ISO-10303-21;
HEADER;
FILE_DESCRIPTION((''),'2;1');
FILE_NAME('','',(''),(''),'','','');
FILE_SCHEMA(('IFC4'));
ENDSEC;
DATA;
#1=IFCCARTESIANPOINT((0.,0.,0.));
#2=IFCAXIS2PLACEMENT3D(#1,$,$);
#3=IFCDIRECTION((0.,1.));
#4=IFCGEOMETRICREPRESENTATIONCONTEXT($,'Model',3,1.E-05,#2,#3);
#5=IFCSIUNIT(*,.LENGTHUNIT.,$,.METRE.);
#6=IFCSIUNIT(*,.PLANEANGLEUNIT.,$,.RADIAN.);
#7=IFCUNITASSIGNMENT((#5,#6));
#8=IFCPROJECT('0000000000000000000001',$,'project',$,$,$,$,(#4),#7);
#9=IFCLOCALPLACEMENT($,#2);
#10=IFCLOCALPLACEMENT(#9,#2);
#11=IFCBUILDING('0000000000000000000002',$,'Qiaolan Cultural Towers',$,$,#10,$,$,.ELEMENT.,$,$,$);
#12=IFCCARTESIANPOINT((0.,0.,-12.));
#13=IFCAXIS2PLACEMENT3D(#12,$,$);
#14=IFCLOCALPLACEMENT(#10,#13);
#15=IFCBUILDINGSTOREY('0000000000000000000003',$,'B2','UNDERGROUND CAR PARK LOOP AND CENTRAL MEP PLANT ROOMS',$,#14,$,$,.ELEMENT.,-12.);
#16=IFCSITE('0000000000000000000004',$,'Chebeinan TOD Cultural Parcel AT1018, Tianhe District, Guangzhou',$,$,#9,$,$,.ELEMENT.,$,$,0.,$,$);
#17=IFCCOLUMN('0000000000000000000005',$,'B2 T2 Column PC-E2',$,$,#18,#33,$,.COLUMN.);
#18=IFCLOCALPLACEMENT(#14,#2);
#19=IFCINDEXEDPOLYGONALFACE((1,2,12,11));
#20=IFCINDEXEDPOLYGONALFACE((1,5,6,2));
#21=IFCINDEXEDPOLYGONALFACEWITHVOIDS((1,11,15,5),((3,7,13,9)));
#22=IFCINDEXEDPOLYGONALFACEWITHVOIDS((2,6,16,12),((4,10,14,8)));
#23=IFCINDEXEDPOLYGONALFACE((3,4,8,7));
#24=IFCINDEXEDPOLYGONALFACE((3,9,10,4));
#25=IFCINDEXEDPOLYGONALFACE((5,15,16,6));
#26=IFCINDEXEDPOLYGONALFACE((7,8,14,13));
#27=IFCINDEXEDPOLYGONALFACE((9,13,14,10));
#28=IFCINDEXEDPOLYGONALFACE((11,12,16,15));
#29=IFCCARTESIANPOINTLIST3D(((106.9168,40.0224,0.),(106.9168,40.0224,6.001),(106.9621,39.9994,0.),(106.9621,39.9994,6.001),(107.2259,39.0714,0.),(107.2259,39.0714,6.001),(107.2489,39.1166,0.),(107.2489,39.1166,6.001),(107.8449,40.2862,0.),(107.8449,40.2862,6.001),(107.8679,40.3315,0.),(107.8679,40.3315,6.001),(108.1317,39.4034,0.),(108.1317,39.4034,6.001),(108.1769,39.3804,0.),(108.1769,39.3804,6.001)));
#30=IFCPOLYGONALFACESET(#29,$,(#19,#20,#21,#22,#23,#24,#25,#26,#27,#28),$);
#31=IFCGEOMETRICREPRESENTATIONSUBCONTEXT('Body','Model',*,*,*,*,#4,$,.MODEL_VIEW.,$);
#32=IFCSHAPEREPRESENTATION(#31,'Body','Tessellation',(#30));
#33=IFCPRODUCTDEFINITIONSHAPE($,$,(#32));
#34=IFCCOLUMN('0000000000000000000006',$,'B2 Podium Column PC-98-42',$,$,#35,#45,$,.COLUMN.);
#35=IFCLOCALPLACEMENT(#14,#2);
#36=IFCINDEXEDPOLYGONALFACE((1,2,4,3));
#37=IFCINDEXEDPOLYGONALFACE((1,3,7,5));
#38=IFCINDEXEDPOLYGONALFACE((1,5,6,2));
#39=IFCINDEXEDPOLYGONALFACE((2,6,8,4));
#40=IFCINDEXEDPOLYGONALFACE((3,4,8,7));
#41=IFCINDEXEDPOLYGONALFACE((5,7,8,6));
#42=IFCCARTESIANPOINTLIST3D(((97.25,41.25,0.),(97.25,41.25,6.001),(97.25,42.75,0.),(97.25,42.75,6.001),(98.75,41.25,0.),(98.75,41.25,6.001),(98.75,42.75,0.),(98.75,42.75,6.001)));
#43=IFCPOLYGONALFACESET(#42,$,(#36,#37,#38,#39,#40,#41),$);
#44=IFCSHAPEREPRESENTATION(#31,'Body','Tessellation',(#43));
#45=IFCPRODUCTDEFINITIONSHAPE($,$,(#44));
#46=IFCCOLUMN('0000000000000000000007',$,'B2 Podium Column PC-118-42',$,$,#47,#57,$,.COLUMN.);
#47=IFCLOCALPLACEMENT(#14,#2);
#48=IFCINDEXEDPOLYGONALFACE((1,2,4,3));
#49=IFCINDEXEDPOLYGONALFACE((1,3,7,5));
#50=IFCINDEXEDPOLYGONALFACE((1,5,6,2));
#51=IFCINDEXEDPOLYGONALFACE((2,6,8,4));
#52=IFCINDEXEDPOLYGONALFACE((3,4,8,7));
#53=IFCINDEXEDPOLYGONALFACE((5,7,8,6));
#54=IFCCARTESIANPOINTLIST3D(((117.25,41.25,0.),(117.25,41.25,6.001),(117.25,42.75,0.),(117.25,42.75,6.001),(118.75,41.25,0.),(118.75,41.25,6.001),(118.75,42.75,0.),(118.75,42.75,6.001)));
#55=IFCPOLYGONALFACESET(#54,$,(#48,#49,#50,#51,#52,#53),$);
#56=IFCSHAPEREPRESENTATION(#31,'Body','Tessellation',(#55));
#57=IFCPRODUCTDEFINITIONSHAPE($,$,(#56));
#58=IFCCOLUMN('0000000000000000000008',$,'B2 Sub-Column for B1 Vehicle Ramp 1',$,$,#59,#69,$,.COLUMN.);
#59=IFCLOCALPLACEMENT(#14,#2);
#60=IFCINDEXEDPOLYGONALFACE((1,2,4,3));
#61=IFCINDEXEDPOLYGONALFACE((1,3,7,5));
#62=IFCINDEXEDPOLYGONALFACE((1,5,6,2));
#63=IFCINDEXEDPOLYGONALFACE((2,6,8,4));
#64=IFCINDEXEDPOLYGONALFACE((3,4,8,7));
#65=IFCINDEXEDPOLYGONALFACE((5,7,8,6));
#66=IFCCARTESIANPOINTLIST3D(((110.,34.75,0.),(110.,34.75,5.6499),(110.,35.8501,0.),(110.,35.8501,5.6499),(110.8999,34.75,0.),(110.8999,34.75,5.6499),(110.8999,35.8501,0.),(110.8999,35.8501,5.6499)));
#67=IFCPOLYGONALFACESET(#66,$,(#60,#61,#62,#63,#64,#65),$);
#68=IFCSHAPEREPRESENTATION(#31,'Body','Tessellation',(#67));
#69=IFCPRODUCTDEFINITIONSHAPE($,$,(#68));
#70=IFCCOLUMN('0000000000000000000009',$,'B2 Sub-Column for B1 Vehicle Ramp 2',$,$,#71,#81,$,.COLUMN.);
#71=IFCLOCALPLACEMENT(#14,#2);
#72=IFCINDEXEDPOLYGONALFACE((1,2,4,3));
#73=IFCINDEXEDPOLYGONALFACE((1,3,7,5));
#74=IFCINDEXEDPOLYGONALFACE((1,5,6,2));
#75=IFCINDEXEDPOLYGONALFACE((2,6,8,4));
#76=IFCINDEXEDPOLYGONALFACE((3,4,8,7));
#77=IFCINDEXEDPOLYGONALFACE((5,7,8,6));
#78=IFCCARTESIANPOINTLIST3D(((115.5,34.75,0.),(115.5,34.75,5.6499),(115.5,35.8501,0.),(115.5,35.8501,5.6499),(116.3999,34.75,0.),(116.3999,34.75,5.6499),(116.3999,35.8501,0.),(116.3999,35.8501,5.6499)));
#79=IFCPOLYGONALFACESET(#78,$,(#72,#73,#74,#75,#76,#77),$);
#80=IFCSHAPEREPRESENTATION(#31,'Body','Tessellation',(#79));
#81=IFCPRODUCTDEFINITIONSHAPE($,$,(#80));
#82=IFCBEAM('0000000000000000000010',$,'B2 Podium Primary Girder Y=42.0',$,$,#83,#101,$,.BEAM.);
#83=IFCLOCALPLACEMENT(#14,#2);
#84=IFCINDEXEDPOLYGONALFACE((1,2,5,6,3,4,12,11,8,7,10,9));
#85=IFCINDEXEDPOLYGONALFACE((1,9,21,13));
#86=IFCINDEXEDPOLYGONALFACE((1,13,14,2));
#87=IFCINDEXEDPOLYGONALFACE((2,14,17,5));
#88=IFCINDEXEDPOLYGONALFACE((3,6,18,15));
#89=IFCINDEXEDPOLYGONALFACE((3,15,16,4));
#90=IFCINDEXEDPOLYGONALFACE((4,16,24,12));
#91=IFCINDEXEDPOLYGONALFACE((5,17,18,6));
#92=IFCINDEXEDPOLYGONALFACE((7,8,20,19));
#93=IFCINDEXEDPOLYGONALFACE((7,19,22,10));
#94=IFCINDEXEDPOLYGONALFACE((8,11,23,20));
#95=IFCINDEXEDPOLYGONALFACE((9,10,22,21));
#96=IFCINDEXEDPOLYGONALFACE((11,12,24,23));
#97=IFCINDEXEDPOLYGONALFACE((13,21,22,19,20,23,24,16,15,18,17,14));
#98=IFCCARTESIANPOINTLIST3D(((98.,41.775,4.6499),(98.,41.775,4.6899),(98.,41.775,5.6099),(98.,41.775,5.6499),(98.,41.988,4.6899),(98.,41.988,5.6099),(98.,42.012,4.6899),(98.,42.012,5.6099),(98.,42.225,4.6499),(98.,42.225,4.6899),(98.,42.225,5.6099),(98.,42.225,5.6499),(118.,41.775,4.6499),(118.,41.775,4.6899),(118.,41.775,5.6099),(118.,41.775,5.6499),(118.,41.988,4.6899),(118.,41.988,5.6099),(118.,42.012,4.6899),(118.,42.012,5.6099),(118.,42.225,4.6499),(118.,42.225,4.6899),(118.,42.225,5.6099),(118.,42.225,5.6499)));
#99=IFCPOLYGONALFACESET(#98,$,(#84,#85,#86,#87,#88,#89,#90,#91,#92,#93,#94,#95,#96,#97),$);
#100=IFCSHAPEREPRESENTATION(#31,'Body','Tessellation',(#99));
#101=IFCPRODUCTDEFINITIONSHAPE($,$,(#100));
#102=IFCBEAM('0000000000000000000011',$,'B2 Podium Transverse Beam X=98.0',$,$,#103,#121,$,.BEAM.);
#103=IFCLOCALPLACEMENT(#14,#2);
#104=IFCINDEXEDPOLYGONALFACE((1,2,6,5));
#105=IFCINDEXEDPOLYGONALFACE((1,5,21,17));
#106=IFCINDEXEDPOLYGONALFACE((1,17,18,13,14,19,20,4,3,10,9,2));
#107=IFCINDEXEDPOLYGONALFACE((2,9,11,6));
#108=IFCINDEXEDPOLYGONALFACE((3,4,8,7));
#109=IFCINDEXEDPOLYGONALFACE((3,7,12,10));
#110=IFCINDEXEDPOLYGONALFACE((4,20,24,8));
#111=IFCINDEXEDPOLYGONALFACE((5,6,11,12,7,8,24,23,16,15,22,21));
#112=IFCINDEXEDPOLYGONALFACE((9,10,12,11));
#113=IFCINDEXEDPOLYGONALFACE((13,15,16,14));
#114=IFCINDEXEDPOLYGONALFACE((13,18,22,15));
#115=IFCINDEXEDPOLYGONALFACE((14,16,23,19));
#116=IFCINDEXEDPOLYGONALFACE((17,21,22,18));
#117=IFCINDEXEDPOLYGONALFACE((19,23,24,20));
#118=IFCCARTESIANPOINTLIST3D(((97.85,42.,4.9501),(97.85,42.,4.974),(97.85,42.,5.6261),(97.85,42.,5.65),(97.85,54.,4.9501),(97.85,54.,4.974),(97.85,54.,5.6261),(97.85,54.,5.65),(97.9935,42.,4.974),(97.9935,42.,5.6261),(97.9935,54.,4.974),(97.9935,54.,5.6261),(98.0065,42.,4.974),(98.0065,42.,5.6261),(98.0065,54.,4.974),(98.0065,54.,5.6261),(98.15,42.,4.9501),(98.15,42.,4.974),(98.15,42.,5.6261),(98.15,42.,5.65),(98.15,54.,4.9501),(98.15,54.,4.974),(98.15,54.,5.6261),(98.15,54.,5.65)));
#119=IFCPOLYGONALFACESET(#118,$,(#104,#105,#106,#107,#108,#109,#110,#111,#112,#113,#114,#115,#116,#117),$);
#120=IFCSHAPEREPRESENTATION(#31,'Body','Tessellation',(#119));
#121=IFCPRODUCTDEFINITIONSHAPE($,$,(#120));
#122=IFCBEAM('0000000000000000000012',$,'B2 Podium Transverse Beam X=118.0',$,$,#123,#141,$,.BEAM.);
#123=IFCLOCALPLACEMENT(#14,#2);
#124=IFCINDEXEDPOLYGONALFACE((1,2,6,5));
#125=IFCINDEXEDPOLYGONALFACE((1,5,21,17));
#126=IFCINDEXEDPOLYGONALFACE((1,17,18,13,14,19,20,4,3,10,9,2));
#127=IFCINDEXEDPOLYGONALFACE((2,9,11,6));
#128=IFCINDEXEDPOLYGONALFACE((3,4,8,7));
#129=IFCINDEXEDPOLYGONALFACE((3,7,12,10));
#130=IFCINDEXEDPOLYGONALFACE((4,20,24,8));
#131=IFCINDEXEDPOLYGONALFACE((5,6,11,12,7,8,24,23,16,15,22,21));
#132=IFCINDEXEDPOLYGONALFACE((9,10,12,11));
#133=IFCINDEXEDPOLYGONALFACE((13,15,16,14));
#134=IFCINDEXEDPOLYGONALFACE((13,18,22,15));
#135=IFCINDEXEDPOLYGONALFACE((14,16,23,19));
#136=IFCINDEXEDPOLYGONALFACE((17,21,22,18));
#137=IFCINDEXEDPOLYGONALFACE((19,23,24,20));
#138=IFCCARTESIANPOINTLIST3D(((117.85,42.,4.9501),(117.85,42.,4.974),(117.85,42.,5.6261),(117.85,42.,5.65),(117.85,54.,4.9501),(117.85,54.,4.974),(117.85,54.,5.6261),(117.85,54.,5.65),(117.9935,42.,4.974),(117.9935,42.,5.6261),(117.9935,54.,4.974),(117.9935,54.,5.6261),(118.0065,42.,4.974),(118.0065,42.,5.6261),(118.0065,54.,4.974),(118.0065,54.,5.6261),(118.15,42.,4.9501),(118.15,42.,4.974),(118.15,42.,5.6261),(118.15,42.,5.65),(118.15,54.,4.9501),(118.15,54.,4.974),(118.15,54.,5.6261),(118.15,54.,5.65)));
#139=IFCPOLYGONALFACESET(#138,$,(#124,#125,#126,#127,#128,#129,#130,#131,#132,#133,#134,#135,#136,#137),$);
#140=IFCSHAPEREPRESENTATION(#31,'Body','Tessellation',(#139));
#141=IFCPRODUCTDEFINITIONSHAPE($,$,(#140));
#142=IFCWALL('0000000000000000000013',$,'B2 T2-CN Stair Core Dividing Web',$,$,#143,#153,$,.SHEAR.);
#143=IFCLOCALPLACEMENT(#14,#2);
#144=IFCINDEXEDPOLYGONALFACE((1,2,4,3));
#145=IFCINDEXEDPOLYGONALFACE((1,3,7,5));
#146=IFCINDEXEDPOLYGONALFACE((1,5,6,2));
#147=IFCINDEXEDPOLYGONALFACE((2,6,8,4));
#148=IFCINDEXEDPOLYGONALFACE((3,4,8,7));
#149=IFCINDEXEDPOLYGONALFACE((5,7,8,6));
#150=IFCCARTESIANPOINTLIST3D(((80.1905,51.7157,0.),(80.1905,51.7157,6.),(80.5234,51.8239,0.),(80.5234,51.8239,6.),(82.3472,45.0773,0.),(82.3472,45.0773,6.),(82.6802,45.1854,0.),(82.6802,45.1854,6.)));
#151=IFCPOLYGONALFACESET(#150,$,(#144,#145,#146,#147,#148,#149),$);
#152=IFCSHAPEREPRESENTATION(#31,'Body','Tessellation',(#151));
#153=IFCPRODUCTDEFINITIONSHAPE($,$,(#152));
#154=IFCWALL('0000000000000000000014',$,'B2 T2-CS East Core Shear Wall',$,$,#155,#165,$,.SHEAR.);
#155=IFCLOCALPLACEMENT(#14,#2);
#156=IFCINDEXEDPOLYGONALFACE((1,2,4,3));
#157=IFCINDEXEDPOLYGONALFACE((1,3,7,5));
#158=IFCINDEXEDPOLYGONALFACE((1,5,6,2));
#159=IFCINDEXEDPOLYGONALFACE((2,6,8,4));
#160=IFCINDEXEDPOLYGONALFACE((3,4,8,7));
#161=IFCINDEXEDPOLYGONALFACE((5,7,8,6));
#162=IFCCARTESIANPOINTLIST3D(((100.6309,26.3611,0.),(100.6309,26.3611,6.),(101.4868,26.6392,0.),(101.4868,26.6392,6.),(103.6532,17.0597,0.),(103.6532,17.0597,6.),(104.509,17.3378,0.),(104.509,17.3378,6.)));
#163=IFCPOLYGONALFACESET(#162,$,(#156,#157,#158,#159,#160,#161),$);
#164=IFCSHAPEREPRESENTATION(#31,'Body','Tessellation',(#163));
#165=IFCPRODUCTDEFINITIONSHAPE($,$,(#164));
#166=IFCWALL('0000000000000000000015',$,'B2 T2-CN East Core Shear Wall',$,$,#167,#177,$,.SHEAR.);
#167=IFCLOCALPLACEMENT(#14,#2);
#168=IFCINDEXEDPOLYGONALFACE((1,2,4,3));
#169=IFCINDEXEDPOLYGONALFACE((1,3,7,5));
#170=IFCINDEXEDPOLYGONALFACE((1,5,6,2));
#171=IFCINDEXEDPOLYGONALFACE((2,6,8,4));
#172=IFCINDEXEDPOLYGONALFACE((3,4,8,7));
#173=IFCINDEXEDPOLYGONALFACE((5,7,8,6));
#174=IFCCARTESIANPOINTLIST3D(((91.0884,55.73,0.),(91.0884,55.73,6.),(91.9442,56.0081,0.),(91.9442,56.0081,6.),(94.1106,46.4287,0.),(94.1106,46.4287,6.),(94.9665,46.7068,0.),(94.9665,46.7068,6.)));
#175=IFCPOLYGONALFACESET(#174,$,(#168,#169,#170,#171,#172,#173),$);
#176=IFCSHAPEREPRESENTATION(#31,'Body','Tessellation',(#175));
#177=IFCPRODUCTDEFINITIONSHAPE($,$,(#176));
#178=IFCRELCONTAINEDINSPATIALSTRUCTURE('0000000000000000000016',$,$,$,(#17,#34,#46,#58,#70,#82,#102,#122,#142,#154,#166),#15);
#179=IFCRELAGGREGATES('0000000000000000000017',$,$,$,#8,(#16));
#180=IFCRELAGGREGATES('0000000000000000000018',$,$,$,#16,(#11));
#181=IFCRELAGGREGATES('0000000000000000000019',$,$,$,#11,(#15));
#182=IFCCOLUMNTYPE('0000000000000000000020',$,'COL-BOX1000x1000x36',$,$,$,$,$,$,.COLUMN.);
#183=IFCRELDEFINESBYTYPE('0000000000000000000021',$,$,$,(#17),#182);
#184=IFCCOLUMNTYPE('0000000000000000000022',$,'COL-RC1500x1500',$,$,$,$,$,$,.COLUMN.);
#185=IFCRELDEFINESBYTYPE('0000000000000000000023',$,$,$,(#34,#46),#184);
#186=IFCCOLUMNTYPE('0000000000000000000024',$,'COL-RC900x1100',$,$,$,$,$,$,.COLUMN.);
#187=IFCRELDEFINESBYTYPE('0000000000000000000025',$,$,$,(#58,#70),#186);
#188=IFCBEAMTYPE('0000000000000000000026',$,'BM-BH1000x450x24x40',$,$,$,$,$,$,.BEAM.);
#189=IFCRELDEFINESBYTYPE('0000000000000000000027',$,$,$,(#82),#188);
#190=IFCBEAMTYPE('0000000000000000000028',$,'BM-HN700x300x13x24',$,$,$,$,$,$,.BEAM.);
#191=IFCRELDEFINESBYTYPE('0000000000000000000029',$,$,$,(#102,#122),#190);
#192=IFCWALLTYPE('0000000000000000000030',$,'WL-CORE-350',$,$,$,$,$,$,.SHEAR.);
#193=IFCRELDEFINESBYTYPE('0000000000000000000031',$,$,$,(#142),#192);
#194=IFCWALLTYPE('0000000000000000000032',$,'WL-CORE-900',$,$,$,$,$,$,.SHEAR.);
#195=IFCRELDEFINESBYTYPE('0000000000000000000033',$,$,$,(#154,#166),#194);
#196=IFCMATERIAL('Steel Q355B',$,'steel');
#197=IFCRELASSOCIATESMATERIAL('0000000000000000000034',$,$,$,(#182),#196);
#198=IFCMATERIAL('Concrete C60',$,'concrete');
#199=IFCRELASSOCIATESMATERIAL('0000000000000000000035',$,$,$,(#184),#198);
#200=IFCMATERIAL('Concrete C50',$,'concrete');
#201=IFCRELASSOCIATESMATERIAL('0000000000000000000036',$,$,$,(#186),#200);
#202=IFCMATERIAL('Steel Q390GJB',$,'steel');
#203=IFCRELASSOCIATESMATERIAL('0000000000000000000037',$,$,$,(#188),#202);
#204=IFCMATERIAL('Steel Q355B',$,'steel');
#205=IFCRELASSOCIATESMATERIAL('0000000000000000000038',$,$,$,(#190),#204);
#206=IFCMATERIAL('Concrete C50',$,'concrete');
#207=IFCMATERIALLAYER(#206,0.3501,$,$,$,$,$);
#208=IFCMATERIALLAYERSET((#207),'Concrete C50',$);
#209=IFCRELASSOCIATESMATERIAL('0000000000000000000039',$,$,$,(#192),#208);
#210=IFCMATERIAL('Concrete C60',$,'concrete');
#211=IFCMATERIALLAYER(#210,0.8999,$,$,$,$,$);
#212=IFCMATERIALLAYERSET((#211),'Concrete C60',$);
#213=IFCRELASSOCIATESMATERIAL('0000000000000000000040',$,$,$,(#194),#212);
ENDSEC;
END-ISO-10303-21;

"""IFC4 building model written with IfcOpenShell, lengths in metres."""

from ifc_helpers import new_model, si_unit, direction, frame, frame_2d, origin, origin_2d, place, context, subcontext, project, spatial, rectangle, hollow_rectangle, i_section, extrude, material, layer, layer_set, material_profile, profile_set, type_object, element, save


model = new_model("IFC4")

# Units and contexts
model_context = context("Model", 3, precision=1e-05, world=origin(), true_north=direction((0.0, 1.0)))
body_context = subcontext(model_context, "Body", "Model", "MODEL_VIEW")
ifc_project = project(units=[si_unit("LENGTHUNIT", "METRE"), si_unit("PLANEANGLEUNIT", "RADIAN")], contexts=[model_context])

# Site, building, storey
site_placement = place(None, origin())
site = spatial("IfcSite", under=ifc_project, at=site_placement, Name="Chebeinan TOD Cultural Parcel AT1018, Tianhe District, Guangzhou", CompositionType="ELEMENT", RefElevation=0.0)
building_placement = place(site_placement, origin())
building = spatial("IfcBuilding", under=site, at=building_placement, Name="Qiaolan Cultural Towers", CompositionType="ELEMENT")
storey_placement = place(building_placement, frame((0.0, 0.0, -12.0)))
storey = spatial("IfcBuildingStorey", under=building, at=storey_placement, Name="B2", Description="UNDERGROUND CAR PARK LOOP AND CENTRAL MEP PLANT ROOMS", CompositionType="ELEMENT", Elevation=-12.0)

# Columns
ifc_material_1 = material(Name="Steel Q355B", Category="steel")
ifc_material_profile_1 = material_profile(ifc_material_1, hollow_rectangle(XDim=1.0, YDim=1.0, WallThickness=0.0359, at=origin_2d()), Name="BOX1000x1000x36")
ifc_profile_set_1 = profile_set([ifc_material_profile_1], Name="Steel Q355B")
column_type_1 = type_object("IfcColumnType", Name="COL-BOX1000x1000x36", PredefinedType="COLUMN", material=ifc_profile_set_1)
for number, where, z_axis, x_axis, name in (
    (1, (107.5469, 39.7014, 0.0), (0.0, 0.0, 1.0), (0.951057, 0.309017, 0.0), "B2 T2 Column PC-E2"),
):
    element("IfcColumn", number, at=place(storey_placement, frame(where, z_axis=z_axis, x_axis=x_axis)), inside=storey, type_object=column_type_1, Name=name, PredefinedType="COLUMN", context=body_context, shape_type="SweptSolid", body=[
        extrude(hollow_rectangle(XDim=1.0, YDim=1.0, WallThickness=0.0359, at=origin_2d()), origin(), (0.0, 0.0, 1.0), 6.001),
    ])
ifc_material_2 = material(Name="Concrete C60", Category="concrete")
ifc_material_profile_2 = material_profile(ifc_material_2, rectangle(XDim=1.5, YDim=1.5, at=origin_2d()), Name="RC1500x1500")
ifc_profile_set_2 = profile_set([ifc_material_profile_2], Name="Concrete C60")
column_type_2 = type_object("IfcColumnType", Name="COL-RC1500x1500", PredefinedType="COLUMN", material=ifc_profile_set_2)
for number, where, z_axis, x_axis, name in (
    (2, (98.0, 42.0, 0.0), (0.0, 0.0, 1.0), (1.0, 0.0, 0.0), "B2 Podium Column PC-98-42"),
    (3, (118.0, 42.0, 0.0), (0.0, 0.0, 1.0), (1.0, 0.0, 0.0), "B2 Podium Column PC-118-42"),
):
    element("IfcColumn", number, at=place(storey_placement, frame(where, z_axis=z_axis, x_axis=x_axis)), inside=storey, type_object=column_type_2, Name=name, PredefinedType="COLUMN", context=body_context, shape_type="SweptSolid", body=[
        extrude(rectangle(XDim=1.5, YDim=1.5, at=origin_2d()), origin(), (0.0, 0.0, 1.0), 6.001),
    ])
ifc_material_3 = material(Name="Concrete C50", Category="concrete")
ifc_material_profile_3 = material_profile(ifc_material_3, rectangle(XDim=0.8999, YDim=1.1001, at=origin_2d()), Name="RC900x1100")
ifc_profile_set_3 = profile_set([ifc_material_profile_3], Name="Concrete C50")
column_type_3 = type_object("IfcColumnType", Name="COL-RC900x1100", PredefinedType="COLUMN", material=ifc_profile_set_3)
for number, where, z_axis, x_axis, name in (
    (4, (110.45, 35.3, 0.0), (0.0, 0.0, 1.0), (1.0, 0.0, 0.0), "B2 Sub-Column for B1 Vehicle Ramp 1"),
    (5, (115.95, 35.3, 0.0), (0.0, 0.0, 1.0), (1.0, 0.0, 0.0), "B2 Sub-Column for B1 Vehicle Ramp 2"),
):
    element("IfcColumn", number, at=place(storey_placement, frame(where, z_axis=z_axis, x_axis=x_axis)), inside=storey, type_object=column_type_3, Name=name, PredefinedType="COLUMN", context=body_context, shape_type="SweptSolid", body=[
        extrude(rectangle(XDim=0.8999, YDim=1.1001, at=origin_2d()), origin(), (0.0, 0.0, 1.0), 5.6499),
    ])

# Beams
ifc_material_4 = material(Name="Steel Q390GJB", Category="steel")
ifc_material_profile_4 = material_profile(ifc_material_4, i_section(OverallWidth=0.45, OverallDepth=1.0, WebThickness=0.0239, FlangeThickness=0.04, at=origin_2d()), Name="BH1000x450x24x40")
ifc_profile_set_4 = profile_set([ifc_material_profile_4], Name="Steel Q390GJB")
beam_type_1 = type_object("IfcBeamType", Name="BM-BH1000x450x24x40", PredefinedType="BEAM", material=ifc_profile_set_4)
beam_placement = place(storey_placement, frame((98.0, 42.0, 5.1499), z_axis=(1.0, 0.0, 0.0), x_axis=(0.0, 1.0, 0.0)))
element("IfcBeam", 6, at=beam_placement, inside=storey, type_object=beam_type_1, Name="B2 Podium Primary Girder Y=42.0", PredefinedType="BEAM", context=body_context, shape_type="SweptSolid", body=[
    extrude(i_section(OverallWidth=0.45, OverallDepth=1.0, WebThickness=0.0239, FlangeThickness=0.04, at=origin_2d()), origin(), (0.0, 0.0, 1.0), 20.0),
])
ifc_material_5 = material(Name="Steel Q355B", Category="steel")
ifc_material_profile_5 = material_profile(ifc_material_5, i_section(OverallWidth=0.3, OverallDepth=0.7, WebThickness=0.0129, FlangeThickness=0.0239, at=origin_2d()), Name="HN700x300x13x24")
ifc_profile_set_5 = profile_set([ifc_material_profile_5], Name="Steel Q355B")
beam_type_2 = type_object("IfcBeamType", Name="BM-HN700x300x13x24", PredefinedType="BEAM", material=ifc_profile_set_5)
for number, where, z_axis, x_axis, name in (
    (7, (98.0, 42.0, 5.3), (0.0, 1.0, 0.0), (-1.0, 0.0, 0.0), "B2 Podium Transverse Beam X=98.0"),
    (8, (118.0, 42.0, 5.3), (0.0, 1.0, 0.0), (-1.0, 0.0, 0.0), "B2 Podium Transverse Beam X=118.0"),
):
    element("IfcBeam", number, at=place(storey_placement, frame(where, z_axis=z_axis, x_axis=x_axis)), inside=storey, type_object=beam_type_2, Name=name, PredefinedType="BEAM", context=body_context, shape_type="SweptSolid", body=[
        extrude(i_section(OverallWidth=0.3, OverallDepth=0.7, WebThickness=0.0129, FlangeThickness=0.0239, at=origin_2d()), origin(), (0.0, 0.0, 1.0), 12.0),
    ])

# Walls
ifc_material_6 = material(Name="Concrete C50", Category="concrete")
ifc_layer_1 = layer(ifc_material_6, 0.3501)
ifc_layer_set_1 = layer_set([ifc_layer_1], Name="Concrete C50")
wall_type_1 = type_object("IfcWallType", Name="WL-CORE-350", PredefinedType="SHEAR", material=ifc_layer_set_1)
wall_1_placement = place(storey_placement, frame((82.5137, 45.1313, 0.0), z_axis=(0.0, 0.0, 1.0), x_axis=(-0.308989, 0.951066, 0.0)))
element("IfcWall", 9, at=wall_1_placement, inside=storey, type_object=wall_type_1, Name="B2 T2-CN Stair Core Dividing Web", PredefinedType="SHEAR", context=body_context, shape_type="SweptSolid", body=[
    extrude(rectangle(XDim=6.98, YDim=0.3501, at=frame_2d((3.49, 0.0))), origin(), (0.0, 0.0, 1.0), 6.0),
])
ifc_material_7 = material(Name="Concrete C60", Category="concrete")
ifc_layer_2 = layer(ifc_material_7, 0.8999)
ifc_layer_set_2 = layer_set([ifc_layer_2], Name="Concrete C60")
wall_type_2 = type_object("IfcWallType", Name="WL-CORE-900", PredefinedType="SHEAR", material=ifc_layer_set_2)
for number, where, z_axis, x_axis, name in (
    (10, (101.0588, 26.5002, 0.0), (0.0, 0.0, 1.0), (0.309022, -0.951055, 0.0), "B2 T2-CS East Core Shear Wall"),
    (11, (94.5386, 46.5676, 0.0), (0.0, 0.0, 1.0), (-0.309022, 0.951055, 0.0), "B2 T2-CN East Core Shear Wall"),
):
    element("IfcWall", number, at=place(storey_placement, frame(where, z_axis=z_axis, x_axis=x_axis)), inside=storey, type_object=wall_type_2, Name=name, PredefinedType="SHEAR", context=body_context, shape_type="SweptSolid", body=[
        extrude(rectangle(XDim=9.78, YDim=0.8999, at=frame_2d((4.8901, 0.0))), origin(), (0.0, 0.0, 1.0), 6.0),
    ])

save(model, "model.ifc")
